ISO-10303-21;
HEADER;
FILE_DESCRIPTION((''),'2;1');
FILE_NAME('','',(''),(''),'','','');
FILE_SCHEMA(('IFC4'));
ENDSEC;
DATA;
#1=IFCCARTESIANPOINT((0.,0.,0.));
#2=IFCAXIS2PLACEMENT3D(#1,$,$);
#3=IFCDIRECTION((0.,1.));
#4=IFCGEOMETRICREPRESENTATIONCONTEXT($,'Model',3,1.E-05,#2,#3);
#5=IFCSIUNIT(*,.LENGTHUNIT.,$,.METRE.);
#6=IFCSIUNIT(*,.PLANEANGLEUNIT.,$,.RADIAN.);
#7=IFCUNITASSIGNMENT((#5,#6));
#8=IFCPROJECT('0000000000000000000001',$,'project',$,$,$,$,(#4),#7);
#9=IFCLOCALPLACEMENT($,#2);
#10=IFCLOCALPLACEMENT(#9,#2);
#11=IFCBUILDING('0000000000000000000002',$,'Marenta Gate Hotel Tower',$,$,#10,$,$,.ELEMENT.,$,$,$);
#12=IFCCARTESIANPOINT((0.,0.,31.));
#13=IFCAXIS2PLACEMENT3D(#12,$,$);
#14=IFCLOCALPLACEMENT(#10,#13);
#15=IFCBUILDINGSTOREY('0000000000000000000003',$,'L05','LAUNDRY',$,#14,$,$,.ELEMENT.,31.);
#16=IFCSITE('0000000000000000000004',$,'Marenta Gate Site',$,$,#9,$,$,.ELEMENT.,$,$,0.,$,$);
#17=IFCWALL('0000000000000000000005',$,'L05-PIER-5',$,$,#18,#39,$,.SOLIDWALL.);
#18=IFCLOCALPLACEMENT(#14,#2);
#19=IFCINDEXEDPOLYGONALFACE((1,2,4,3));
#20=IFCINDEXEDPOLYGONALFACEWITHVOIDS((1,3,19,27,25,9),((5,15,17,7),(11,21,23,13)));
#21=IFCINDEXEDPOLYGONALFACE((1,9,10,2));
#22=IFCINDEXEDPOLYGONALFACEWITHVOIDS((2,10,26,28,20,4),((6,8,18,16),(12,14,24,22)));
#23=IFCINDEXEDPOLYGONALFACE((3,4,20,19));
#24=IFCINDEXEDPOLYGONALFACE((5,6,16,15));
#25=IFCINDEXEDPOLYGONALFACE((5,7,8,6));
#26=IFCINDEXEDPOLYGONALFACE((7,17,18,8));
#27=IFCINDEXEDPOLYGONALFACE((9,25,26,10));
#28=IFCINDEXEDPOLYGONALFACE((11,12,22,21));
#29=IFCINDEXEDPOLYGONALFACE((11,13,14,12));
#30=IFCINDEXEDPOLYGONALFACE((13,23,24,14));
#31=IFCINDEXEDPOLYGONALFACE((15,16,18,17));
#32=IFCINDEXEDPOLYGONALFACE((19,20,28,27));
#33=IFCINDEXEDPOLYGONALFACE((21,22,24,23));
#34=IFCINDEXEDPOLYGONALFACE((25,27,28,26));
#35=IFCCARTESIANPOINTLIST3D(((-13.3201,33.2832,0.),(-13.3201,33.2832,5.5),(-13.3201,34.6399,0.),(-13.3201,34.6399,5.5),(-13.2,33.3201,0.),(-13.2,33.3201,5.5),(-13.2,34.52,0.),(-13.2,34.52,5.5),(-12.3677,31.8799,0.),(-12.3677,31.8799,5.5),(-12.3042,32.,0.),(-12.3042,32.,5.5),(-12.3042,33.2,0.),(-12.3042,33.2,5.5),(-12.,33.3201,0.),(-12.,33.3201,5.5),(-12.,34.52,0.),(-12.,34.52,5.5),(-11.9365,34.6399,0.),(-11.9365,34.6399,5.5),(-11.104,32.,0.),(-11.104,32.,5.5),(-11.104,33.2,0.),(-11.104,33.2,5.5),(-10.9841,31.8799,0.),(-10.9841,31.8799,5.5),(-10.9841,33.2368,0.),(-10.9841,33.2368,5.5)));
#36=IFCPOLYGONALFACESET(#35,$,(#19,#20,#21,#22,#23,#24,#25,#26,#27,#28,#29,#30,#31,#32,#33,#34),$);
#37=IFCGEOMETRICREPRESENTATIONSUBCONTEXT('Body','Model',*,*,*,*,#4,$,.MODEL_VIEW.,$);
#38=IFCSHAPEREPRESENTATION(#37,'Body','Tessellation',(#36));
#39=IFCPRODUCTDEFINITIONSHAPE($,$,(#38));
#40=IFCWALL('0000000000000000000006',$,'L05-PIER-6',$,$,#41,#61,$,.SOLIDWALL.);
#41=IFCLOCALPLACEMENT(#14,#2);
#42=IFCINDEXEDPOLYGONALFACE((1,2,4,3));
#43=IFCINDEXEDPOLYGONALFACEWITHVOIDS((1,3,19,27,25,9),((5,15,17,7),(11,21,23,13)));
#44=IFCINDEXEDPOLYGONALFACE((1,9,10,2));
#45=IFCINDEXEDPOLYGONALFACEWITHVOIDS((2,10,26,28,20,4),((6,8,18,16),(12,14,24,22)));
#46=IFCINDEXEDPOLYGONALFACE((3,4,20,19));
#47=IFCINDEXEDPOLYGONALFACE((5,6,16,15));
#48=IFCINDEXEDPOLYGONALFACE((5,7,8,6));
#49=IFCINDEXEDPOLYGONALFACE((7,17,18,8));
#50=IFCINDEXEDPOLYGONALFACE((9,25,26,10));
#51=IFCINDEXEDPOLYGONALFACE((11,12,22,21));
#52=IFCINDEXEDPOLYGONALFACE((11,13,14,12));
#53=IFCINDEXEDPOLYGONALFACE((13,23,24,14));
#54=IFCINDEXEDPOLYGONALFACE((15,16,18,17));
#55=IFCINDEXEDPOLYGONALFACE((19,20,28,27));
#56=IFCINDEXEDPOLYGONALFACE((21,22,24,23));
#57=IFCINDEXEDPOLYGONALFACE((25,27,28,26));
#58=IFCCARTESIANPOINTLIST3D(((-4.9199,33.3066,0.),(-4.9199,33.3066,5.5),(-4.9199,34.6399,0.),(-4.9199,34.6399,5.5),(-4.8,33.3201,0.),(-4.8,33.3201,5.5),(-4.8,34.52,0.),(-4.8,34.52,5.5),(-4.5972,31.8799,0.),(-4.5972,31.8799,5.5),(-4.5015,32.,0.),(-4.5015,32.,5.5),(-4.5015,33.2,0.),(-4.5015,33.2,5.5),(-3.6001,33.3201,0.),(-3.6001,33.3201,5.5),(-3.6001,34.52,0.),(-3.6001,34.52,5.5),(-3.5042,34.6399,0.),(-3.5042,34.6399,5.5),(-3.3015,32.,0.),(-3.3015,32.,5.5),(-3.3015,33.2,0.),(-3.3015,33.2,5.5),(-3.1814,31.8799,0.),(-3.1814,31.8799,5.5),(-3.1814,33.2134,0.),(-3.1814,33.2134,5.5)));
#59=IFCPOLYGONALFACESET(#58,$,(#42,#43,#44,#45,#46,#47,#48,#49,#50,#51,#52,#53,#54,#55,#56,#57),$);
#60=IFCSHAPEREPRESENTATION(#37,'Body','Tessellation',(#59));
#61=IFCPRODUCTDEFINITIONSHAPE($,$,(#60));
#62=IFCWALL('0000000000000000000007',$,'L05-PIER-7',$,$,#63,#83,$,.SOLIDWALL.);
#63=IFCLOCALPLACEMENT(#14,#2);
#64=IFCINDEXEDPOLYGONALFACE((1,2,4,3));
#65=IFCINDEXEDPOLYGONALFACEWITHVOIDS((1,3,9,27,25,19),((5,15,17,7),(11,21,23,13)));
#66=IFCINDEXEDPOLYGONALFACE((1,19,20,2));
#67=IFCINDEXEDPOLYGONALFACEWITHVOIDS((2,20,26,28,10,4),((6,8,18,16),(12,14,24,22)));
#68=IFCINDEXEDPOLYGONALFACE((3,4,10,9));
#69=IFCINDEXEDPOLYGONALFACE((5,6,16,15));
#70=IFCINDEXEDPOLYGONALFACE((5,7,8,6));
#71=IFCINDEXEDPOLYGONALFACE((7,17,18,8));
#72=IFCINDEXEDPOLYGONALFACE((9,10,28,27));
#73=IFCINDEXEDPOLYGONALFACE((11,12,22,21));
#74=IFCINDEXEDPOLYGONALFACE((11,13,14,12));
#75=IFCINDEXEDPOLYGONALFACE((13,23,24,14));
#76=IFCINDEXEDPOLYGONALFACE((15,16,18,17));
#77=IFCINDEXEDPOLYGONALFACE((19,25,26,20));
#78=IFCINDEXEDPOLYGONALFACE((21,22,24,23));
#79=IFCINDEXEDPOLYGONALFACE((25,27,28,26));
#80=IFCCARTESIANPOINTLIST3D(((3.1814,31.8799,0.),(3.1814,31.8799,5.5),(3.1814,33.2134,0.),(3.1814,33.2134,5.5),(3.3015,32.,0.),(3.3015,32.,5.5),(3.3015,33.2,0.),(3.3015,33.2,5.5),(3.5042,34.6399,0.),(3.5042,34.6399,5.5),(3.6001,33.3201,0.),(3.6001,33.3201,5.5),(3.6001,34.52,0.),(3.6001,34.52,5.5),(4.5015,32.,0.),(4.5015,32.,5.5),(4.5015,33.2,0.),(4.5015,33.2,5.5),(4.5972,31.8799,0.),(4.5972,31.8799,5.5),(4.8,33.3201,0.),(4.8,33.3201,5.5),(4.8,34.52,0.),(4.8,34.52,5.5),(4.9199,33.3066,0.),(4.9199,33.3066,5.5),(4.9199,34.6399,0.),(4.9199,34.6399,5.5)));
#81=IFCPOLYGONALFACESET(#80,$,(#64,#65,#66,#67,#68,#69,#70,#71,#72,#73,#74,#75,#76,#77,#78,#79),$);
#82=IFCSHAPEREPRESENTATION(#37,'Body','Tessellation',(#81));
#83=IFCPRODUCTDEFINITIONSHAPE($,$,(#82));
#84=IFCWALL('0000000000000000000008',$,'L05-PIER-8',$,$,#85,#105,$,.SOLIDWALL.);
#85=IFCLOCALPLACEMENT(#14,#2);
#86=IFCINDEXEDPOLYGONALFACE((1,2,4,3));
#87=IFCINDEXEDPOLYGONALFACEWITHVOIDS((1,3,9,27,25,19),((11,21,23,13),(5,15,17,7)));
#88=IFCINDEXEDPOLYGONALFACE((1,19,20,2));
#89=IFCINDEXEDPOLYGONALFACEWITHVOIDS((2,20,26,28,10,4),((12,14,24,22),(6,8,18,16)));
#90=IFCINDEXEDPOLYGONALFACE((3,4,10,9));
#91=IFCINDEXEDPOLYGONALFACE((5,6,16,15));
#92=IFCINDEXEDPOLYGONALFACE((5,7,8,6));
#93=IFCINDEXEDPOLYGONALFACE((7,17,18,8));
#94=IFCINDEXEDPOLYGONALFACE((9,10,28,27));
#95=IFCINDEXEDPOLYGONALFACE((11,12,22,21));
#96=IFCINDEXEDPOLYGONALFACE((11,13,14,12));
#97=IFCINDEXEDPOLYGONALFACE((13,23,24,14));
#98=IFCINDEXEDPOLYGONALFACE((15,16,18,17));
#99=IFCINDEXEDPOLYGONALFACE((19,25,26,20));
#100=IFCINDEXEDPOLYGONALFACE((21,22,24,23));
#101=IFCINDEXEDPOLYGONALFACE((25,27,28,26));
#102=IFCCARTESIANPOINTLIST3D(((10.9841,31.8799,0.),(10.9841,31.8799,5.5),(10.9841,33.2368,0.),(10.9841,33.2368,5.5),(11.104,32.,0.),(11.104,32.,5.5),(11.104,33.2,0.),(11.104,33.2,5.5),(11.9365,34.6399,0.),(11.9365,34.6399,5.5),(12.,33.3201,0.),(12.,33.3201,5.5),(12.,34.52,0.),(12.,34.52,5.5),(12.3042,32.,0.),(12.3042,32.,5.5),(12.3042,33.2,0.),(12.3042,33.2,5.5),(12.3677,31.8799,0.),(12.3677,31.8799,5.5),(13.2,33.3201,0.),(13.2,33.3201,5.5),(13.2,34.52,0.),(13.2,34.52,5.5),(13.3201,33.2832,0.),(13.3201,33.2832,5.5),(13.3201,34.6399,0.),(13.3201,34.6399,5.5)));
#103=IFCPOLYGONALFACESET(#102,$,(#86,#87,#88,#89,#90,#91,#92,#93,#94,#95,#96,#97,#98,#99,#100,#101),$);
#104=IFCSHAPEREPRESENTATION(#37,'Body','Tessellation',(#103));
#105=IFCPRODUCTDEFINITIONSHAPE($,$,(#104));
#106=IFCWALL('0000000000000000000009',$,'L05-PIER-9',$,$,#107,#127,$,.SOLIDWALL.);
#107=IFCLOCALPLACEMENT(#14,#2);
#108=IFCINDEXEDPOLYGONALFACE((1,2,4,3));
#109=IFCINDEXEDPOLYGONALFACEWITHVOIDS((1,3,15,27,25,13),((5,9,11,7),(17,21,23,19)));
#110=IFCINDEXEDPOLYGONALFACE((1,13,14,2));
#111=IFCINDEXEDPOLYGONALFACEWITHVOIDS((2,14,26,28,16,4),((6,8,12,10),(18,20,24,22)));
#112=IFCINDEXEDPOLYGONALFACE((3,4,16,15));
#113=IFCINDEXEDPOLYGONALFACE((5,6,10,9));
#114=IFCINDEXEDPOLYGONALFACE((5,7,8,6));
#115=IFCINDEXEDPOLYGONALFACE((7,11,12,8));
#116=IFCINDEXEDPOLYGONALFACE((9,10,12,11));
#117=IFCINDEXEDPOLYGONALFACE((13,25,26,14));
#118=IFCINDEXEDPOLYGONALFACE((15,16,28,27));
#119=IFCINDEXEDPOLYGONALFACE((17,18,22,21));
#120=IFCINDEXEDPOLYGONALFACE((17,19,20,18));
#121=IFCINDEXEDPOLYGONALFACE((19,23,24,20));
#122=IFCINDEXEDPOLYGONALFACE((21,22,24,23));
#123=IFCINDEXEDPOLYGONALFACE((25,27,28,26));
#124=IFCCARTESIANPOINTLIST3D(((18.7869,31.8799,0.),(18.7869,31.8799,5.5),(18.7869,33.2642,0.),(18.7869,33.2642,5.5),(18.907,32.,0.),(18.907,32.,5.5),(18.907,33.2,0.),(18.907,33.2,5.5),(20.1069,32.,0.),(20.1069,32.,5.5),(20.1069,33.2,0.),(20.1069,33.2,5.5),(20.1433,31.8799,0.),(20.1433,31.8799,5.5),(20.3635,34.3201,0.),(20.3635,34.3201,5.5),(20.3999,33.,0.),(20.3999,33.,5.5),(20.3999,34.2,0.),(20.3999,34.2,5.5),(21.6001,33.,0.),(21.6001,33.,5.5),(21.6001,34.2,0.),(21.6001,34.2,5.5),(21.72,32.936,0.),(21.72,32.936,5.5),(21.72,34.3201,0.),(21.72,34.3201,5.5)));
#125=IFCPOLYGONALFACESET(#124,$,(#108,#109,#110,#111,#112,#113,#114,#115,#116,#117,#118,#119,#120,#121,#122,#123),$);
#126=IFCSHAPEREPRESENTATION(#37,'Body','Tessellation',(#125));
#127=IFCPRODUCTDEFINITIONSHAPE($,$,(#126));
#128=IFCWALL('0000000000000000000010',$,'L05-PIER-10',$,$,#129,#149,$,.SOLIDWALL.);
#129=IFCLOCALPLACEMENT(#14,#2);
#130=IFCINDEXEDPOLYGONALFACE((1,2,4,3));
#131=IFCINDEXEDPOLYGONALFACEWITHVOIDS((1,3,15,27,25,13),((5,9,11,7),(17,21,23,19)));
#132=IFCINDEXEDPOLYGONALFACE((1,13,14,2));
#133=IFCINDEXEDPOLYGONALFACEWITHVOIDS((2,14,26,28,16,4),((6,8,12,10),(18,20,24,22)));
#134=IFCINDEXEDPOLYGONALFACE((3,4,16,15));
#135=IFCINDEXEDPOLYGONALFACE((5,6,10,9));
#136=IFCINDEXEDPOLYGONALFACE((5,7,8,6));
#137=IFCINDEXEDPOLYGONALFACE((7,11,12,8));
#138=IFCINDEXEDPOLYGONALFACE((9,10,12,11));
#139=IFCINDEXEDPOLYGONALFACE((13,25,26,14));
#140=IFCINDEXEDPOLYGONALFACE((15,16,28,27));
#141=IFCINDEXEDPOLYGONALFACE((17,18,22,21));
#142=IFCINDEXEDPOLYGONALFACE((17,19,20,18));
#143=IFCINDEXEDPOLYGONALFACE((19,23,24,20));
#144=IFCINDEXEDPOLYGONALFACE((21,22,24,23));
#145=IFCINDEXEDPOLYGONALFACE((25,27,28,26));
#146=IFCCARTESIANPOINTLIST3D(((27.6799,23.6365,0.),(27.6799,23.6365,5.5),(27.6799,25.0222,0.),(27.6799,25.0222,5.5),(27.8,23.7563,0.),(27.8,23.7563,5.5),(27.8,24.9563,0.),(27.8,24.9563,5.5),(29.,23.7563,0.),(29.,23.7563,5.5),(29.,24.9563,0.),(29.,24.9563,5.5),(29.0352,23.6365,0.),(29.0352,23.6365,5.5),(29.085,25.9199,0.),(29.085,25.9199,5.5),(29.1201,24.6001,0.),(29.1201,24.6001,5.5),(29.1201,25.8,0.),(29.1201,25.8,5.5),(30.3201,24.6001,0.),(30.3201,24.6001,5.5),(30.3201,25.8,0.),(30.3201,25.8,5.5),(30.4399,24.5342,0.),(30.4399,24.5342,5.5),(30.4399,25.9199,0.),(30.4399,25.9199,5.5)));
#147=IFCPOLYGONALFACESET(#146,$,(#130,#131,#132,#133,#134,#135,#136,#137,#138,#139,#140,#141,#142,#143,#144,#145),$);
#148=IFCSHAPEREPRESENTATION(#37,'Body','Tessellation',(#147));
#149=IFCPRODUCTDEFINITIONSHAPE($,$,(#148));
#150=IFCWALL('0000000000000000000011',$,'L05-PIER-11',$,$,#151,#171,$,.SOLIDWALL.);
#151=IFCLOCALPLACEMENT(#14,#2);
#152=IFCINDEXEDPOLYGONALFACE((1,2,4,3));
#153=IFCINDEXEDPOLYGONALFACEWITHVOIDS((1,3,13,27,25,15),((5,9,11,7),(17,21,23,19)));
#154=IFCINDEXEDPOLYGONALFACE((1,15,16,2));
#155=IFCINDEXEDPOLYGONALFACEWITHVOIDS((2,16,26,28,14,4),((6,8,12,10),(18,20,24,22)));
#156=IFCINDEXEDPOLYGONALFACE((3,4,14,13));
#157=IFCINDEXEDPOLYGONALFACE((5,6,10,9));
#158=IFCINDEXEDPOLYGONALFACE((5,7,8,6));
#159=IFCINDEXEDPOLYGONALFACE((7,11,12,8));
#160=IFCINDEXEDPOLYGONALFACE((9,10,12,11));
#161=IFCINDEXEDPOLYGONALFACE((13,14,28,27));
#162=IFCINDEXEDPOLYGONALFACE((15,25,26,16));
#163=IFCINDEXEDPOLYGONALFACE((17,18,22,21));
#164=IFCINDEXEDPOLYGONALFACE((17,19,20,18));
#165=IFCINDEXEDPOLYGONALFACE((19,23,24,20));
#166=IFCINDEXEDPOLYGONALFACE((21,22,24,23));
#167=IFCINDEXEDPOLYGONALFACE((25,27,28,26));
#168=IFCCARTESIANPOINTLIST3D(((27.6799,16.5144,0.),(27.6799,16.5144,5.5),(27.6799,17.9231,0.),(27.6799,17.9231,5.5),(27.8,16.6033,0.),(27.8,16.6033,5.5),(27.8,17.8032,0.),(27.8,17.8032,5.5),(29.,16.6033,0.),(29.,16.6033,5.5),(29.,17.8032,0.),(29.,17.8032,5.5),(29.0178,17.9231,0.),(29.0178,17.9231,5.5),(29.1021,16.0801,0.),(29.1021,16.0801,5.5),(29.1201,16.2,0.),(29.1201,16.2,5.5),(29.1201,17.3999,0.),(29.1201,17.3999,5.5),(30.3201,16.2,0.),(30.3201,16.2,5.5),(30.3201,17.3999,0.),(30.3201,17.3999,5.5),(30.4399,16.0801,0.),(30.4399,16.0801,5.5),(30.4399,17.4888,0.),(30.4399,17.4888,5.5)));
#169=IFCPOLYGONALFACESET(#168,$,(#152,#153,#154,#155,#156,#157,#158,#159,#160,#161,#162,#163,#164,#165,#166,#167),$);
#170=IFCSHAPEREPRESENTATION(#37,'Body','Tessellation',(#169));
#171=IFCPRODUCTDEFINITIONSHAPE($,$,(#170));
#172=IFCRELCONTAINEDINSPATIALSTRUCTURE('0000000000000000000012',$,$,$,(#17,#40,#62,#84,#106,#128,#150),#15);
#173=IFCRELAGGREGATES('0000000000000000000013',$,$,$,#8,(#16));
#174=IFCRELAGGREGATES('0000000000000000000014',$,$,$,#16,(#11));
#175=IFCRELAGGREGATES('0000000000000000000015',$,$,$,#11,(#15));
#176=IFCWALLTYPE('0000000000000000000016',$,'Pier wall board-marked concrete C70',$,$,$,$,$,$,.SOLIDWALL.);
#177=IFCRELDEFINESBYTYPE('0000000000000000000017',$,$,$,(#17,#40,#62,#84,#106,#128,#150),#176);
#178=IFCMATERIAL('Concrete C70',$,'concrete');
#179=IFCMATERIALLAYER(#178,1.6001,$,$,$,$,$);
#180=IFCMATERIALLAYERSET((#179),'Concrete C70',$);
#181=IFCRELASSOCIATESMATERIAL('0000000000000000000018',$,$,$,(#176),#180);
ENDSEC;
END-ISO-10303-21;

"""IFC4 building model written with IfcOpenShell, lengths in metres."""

from ifc_helpers import new_model, si_unit, direction, frame, origin, place, context, subcontext, project, spatial, polyline, outline, extrude, material, layer, layer_set, type_object, element, save


model = new_model("IFC4")

# Units and contexts
model_context = context("Model", 3, precision=1e-05, world=origin(), true_north=direction((0.0, 1.0)))
body_context = subcontext(model_context, "Body", "Model", "MODEL_VIEW")
ifc_project = project(units=[si_unit("LENGTHUNIT", "METRE"), si_unit("PLANEANGLEUNIT", "RADIAN")], contexts=[model_context])

# Site, building, storey
site_placement = place(None, origin())
site = spatial("IfcSite", under=ifc_project, at=site_placement, Name="Marenta Gate Site", CompositionType="ELEMENT", RefElevation=0.0)
building_placement = place(site_placement, origin())
building = spatial("IfcBuilding", under=site, at=building_placement, Name="Marenta Gate Hotel Tower", CompositionType="ELEMENT")
storey_placement = place(building_placement, frame((0.0, 0.0, 31.0)))
storey = spatial("IfcBuildingStorey", under=building, at=storey_placement, Name="L05", Description="LAUNDRY", CompositionType="ELEMENT", Elevation=31.0)

# Walls
ifc_material_1 = material(Name="Concrete C70", Category="concrete")
ifc_layer_1 = layer(ifc_material_1, 1.6001)
ifc_layer_set_1 = layer_set([ifc_layer_1], Name="Concrete C70")
wall_type_1 = type_object("IfcWallType", Name="Pier wall board-marked concrete C70", PredefinedType="SOLIDWALL", material=ifc_layer_set_1)
wall_1_placement = place(storey_placement, origin())
element("IfcWall", 1, at=wall_1_placement, inside=storey, type_object=wall_type_1, Name="L05-PIER-5", PredefinedType="SOLIDWALL", context=body_context, shape_type="SweptSolid", body=[
    extrude(outline(polyline([(-13.3201, 34.6399), (-11.9365, 34.6399), (-10.9841, 33.2368), (-10.9841, 31.8799), (-12.3677, 31.8799), (-13.3201, 33.2832), (-13.3201, 34.6399)]), holes=[polyline([(-11.104, 32.0), (-11.104, 33.2), (-12.3042, 33.2), (-12.3042, 32.0), (-11.104, 32.0)]), polyline([(-12.0, 33.3201), (-12.0, 34.52), (-13.2, 34.52), (-13.2, 33.3201), (-12.0, 33.3201)])]), origin(), (0.0, 0.0, 1.0), 5.5),
])
wall_2_placement = place(storey_placement, origin())
element("IfcWall", 2, at=wall_2_placement, inside=storey, type_object=wall_type_1, Name="L05-PIER-6", PredefinedType="SOLIDWALL", context=body_context, shape_type="SweptSolid", body=[
    extrude(outline(polyline([(-4.9199, 34.6399), (-3.5042, 34.6399), (-3.1814, 33.2134), (-3.1814, 31.8799), (-4.5972, 31.8799), (-4.9199, 33.3066), (-4.9199, 34.6399)]), holes=[polyline([(-3.3015, 32.0), (-3.3015, 33.2), (-4.5015, 33.2), (-4.5015, 32.0), (-3.3015, 32.0)]), polyline([(-3.6001, 33.3201), (-3.6001, 34.52), (-4.8, 34.52), (-4.8, 33.3201), (-3.6001, 33.3201)])]), origin(), (0.0, 0.0, 1.0), 5.5),
])
wall_3_placement = place(storey_placement, origin())
element("IfcWall", 3, at=wall_3_placement, inside=storey, type_object=wall_type_1, Name="L05-PIER-7", PredefinedType="SOLIDWALL", context=body_context, shape_type="SweptSolid", body=[
    extrude(outline(polyline([(3.1814, 33.2134), (3.5042, 34.6399), (4.9199, 34.6399), (4.9199, 33.3066), (4.5972, 31.8799), (3.1814, 31.8799), (3.1814, 33.2134)]), holes=[polyline([(3.6001, 33.3201), (4.8, 33.3201), (4.8, 34.52), (3.6001, 34.52), (3.6001, 33.3201)]), polyline([(3.3015, 32.0), (4.5015, 32.0), (4.5015, 33.2), (3.3015, 33.2), (3.3015, 32.0)])]), origin(), (0.0, 0.0, 1.0), 5.5),
])
wall_4_placement = place(storey_placement, origin())
element("IfcWall", 4, at=wall_4_placement, inside=storey, type_object=wall_type_1, Name="L05-PIER-8", PredefinedType="SOLIDWALL", context=body_context, shape_type="SweptSolid", body=[
    extrude(outline(polyline([(11.9365, 34.6399), (13.3201, 34.6399), (13.3201, 33.2832), (12.3677, 31.8799), (10.9841, 31.8799), (10.9841, 33.2368), (11.9365, 34.6399)]), holes=[polyline([(13.2, 33.3201), (13.2, 34.52), (12.0, 34.52), (12.0, 33.3201), (13.2, 33.3201)]), polyline([(12.3042, 32.0), (12.3042, 33.2), (11.104, 33.2), (11.104, 32.0), (12.3042, 32.0)])]), origin(), (0.0, 0.0, 1.0), 5.5),
])
wall_5_placement = place(storey_placement, origin())
element("IfcWall", 5, at=wall_5_placement, inside=storey, type_object=wall_type_1, Name="L05-PIER-9", PredefinedType="SOLIDWALL", context=body_context, shape_type="SweptSolid", body=[
    extrude(outline(polyline([(20.3635, 34.3201), (21.72, 34.3201), (21.72, 32.936), (20.1433, 31.8799), (18.7869, 31.8799), (18.7869, 33.2642), (20.3635, 34.3201)]), holes=[polyline([(21.6001, 33.0), (21.6001, 34.2), (20.3999, 34.2), (20.3999, 33.0), (21.6001, 33.0)]), polyline([(20.1069, 32.0), (20.1069, 33.2), (18.907, 33.2), (18.907, 32.0), (20.1069, 32.0)])]), origin(), (0.0, 0.0, 1.0), 5.5),
])
wall_6_placement = place(storey_placement, origin())
element("IfcWall", 6, at=wall_6_placement, inside=storey, type_object=wall_type_1, Name="L05-PIER-10", PredefinedType="SOLIDWALL", context=body_context, shape_type="SweptSolid", body=[
    extrude(outline(polyline([(27.6799, 25.0222), (29.085, 25.9199), (30.4399, 25.9199), (30.4399, 24.5342), (29.0352, 23.6365), (27.6799, 23.6365), (27.6799, 25.0222)]), holes=[polyline([(29.1201, 24.6001), (30.3201, 24.6001), (30.3201, 25.8), (29.1201, 25.8), (29.1201, 24.6001)]), polyline([(27.8, 23.7563), (29.0, 23.7563), (29.0, 24.9563), (27.8, 24.9563), (27.8, 23.7563)])]), origin(), (0.0, 0.0, 1.0), 5.5),
])
wall_7_placement = place(storey_placement, origin())
element("IfcWall", 7, at=wall_7_placement, inside=storey, type_object=wall_type_1, Name="L05-PIER-11", PredefinedType="SOLIDWALL", context=body_context, shape_type="SweptSolid", body=[
    extrude(outline(polyline([(27.6799, 16.5144), (27.6799, 17.9231), (29.0178, 17.9231), (30.4399, 17.4888), (30.4399, 16.0801), (29.1021, 16.0801), (27.6799, 16.5144)]), holes=[polyline([(29.1201, 16.2), (30.3201, 16.2), (30.3201, 17.3999), (29.1201, 17.3999), (29.1201, 16.2)]), polyline([(27.8, 16.6033), (29.0, 16.6033), (29.0, 17.8032), (27.8, 17.8032), (27.8, 16.6033)])]), origin(), (0.0, 0.0, 1.0), 5.5),
])

save(model, "model.ifc")
